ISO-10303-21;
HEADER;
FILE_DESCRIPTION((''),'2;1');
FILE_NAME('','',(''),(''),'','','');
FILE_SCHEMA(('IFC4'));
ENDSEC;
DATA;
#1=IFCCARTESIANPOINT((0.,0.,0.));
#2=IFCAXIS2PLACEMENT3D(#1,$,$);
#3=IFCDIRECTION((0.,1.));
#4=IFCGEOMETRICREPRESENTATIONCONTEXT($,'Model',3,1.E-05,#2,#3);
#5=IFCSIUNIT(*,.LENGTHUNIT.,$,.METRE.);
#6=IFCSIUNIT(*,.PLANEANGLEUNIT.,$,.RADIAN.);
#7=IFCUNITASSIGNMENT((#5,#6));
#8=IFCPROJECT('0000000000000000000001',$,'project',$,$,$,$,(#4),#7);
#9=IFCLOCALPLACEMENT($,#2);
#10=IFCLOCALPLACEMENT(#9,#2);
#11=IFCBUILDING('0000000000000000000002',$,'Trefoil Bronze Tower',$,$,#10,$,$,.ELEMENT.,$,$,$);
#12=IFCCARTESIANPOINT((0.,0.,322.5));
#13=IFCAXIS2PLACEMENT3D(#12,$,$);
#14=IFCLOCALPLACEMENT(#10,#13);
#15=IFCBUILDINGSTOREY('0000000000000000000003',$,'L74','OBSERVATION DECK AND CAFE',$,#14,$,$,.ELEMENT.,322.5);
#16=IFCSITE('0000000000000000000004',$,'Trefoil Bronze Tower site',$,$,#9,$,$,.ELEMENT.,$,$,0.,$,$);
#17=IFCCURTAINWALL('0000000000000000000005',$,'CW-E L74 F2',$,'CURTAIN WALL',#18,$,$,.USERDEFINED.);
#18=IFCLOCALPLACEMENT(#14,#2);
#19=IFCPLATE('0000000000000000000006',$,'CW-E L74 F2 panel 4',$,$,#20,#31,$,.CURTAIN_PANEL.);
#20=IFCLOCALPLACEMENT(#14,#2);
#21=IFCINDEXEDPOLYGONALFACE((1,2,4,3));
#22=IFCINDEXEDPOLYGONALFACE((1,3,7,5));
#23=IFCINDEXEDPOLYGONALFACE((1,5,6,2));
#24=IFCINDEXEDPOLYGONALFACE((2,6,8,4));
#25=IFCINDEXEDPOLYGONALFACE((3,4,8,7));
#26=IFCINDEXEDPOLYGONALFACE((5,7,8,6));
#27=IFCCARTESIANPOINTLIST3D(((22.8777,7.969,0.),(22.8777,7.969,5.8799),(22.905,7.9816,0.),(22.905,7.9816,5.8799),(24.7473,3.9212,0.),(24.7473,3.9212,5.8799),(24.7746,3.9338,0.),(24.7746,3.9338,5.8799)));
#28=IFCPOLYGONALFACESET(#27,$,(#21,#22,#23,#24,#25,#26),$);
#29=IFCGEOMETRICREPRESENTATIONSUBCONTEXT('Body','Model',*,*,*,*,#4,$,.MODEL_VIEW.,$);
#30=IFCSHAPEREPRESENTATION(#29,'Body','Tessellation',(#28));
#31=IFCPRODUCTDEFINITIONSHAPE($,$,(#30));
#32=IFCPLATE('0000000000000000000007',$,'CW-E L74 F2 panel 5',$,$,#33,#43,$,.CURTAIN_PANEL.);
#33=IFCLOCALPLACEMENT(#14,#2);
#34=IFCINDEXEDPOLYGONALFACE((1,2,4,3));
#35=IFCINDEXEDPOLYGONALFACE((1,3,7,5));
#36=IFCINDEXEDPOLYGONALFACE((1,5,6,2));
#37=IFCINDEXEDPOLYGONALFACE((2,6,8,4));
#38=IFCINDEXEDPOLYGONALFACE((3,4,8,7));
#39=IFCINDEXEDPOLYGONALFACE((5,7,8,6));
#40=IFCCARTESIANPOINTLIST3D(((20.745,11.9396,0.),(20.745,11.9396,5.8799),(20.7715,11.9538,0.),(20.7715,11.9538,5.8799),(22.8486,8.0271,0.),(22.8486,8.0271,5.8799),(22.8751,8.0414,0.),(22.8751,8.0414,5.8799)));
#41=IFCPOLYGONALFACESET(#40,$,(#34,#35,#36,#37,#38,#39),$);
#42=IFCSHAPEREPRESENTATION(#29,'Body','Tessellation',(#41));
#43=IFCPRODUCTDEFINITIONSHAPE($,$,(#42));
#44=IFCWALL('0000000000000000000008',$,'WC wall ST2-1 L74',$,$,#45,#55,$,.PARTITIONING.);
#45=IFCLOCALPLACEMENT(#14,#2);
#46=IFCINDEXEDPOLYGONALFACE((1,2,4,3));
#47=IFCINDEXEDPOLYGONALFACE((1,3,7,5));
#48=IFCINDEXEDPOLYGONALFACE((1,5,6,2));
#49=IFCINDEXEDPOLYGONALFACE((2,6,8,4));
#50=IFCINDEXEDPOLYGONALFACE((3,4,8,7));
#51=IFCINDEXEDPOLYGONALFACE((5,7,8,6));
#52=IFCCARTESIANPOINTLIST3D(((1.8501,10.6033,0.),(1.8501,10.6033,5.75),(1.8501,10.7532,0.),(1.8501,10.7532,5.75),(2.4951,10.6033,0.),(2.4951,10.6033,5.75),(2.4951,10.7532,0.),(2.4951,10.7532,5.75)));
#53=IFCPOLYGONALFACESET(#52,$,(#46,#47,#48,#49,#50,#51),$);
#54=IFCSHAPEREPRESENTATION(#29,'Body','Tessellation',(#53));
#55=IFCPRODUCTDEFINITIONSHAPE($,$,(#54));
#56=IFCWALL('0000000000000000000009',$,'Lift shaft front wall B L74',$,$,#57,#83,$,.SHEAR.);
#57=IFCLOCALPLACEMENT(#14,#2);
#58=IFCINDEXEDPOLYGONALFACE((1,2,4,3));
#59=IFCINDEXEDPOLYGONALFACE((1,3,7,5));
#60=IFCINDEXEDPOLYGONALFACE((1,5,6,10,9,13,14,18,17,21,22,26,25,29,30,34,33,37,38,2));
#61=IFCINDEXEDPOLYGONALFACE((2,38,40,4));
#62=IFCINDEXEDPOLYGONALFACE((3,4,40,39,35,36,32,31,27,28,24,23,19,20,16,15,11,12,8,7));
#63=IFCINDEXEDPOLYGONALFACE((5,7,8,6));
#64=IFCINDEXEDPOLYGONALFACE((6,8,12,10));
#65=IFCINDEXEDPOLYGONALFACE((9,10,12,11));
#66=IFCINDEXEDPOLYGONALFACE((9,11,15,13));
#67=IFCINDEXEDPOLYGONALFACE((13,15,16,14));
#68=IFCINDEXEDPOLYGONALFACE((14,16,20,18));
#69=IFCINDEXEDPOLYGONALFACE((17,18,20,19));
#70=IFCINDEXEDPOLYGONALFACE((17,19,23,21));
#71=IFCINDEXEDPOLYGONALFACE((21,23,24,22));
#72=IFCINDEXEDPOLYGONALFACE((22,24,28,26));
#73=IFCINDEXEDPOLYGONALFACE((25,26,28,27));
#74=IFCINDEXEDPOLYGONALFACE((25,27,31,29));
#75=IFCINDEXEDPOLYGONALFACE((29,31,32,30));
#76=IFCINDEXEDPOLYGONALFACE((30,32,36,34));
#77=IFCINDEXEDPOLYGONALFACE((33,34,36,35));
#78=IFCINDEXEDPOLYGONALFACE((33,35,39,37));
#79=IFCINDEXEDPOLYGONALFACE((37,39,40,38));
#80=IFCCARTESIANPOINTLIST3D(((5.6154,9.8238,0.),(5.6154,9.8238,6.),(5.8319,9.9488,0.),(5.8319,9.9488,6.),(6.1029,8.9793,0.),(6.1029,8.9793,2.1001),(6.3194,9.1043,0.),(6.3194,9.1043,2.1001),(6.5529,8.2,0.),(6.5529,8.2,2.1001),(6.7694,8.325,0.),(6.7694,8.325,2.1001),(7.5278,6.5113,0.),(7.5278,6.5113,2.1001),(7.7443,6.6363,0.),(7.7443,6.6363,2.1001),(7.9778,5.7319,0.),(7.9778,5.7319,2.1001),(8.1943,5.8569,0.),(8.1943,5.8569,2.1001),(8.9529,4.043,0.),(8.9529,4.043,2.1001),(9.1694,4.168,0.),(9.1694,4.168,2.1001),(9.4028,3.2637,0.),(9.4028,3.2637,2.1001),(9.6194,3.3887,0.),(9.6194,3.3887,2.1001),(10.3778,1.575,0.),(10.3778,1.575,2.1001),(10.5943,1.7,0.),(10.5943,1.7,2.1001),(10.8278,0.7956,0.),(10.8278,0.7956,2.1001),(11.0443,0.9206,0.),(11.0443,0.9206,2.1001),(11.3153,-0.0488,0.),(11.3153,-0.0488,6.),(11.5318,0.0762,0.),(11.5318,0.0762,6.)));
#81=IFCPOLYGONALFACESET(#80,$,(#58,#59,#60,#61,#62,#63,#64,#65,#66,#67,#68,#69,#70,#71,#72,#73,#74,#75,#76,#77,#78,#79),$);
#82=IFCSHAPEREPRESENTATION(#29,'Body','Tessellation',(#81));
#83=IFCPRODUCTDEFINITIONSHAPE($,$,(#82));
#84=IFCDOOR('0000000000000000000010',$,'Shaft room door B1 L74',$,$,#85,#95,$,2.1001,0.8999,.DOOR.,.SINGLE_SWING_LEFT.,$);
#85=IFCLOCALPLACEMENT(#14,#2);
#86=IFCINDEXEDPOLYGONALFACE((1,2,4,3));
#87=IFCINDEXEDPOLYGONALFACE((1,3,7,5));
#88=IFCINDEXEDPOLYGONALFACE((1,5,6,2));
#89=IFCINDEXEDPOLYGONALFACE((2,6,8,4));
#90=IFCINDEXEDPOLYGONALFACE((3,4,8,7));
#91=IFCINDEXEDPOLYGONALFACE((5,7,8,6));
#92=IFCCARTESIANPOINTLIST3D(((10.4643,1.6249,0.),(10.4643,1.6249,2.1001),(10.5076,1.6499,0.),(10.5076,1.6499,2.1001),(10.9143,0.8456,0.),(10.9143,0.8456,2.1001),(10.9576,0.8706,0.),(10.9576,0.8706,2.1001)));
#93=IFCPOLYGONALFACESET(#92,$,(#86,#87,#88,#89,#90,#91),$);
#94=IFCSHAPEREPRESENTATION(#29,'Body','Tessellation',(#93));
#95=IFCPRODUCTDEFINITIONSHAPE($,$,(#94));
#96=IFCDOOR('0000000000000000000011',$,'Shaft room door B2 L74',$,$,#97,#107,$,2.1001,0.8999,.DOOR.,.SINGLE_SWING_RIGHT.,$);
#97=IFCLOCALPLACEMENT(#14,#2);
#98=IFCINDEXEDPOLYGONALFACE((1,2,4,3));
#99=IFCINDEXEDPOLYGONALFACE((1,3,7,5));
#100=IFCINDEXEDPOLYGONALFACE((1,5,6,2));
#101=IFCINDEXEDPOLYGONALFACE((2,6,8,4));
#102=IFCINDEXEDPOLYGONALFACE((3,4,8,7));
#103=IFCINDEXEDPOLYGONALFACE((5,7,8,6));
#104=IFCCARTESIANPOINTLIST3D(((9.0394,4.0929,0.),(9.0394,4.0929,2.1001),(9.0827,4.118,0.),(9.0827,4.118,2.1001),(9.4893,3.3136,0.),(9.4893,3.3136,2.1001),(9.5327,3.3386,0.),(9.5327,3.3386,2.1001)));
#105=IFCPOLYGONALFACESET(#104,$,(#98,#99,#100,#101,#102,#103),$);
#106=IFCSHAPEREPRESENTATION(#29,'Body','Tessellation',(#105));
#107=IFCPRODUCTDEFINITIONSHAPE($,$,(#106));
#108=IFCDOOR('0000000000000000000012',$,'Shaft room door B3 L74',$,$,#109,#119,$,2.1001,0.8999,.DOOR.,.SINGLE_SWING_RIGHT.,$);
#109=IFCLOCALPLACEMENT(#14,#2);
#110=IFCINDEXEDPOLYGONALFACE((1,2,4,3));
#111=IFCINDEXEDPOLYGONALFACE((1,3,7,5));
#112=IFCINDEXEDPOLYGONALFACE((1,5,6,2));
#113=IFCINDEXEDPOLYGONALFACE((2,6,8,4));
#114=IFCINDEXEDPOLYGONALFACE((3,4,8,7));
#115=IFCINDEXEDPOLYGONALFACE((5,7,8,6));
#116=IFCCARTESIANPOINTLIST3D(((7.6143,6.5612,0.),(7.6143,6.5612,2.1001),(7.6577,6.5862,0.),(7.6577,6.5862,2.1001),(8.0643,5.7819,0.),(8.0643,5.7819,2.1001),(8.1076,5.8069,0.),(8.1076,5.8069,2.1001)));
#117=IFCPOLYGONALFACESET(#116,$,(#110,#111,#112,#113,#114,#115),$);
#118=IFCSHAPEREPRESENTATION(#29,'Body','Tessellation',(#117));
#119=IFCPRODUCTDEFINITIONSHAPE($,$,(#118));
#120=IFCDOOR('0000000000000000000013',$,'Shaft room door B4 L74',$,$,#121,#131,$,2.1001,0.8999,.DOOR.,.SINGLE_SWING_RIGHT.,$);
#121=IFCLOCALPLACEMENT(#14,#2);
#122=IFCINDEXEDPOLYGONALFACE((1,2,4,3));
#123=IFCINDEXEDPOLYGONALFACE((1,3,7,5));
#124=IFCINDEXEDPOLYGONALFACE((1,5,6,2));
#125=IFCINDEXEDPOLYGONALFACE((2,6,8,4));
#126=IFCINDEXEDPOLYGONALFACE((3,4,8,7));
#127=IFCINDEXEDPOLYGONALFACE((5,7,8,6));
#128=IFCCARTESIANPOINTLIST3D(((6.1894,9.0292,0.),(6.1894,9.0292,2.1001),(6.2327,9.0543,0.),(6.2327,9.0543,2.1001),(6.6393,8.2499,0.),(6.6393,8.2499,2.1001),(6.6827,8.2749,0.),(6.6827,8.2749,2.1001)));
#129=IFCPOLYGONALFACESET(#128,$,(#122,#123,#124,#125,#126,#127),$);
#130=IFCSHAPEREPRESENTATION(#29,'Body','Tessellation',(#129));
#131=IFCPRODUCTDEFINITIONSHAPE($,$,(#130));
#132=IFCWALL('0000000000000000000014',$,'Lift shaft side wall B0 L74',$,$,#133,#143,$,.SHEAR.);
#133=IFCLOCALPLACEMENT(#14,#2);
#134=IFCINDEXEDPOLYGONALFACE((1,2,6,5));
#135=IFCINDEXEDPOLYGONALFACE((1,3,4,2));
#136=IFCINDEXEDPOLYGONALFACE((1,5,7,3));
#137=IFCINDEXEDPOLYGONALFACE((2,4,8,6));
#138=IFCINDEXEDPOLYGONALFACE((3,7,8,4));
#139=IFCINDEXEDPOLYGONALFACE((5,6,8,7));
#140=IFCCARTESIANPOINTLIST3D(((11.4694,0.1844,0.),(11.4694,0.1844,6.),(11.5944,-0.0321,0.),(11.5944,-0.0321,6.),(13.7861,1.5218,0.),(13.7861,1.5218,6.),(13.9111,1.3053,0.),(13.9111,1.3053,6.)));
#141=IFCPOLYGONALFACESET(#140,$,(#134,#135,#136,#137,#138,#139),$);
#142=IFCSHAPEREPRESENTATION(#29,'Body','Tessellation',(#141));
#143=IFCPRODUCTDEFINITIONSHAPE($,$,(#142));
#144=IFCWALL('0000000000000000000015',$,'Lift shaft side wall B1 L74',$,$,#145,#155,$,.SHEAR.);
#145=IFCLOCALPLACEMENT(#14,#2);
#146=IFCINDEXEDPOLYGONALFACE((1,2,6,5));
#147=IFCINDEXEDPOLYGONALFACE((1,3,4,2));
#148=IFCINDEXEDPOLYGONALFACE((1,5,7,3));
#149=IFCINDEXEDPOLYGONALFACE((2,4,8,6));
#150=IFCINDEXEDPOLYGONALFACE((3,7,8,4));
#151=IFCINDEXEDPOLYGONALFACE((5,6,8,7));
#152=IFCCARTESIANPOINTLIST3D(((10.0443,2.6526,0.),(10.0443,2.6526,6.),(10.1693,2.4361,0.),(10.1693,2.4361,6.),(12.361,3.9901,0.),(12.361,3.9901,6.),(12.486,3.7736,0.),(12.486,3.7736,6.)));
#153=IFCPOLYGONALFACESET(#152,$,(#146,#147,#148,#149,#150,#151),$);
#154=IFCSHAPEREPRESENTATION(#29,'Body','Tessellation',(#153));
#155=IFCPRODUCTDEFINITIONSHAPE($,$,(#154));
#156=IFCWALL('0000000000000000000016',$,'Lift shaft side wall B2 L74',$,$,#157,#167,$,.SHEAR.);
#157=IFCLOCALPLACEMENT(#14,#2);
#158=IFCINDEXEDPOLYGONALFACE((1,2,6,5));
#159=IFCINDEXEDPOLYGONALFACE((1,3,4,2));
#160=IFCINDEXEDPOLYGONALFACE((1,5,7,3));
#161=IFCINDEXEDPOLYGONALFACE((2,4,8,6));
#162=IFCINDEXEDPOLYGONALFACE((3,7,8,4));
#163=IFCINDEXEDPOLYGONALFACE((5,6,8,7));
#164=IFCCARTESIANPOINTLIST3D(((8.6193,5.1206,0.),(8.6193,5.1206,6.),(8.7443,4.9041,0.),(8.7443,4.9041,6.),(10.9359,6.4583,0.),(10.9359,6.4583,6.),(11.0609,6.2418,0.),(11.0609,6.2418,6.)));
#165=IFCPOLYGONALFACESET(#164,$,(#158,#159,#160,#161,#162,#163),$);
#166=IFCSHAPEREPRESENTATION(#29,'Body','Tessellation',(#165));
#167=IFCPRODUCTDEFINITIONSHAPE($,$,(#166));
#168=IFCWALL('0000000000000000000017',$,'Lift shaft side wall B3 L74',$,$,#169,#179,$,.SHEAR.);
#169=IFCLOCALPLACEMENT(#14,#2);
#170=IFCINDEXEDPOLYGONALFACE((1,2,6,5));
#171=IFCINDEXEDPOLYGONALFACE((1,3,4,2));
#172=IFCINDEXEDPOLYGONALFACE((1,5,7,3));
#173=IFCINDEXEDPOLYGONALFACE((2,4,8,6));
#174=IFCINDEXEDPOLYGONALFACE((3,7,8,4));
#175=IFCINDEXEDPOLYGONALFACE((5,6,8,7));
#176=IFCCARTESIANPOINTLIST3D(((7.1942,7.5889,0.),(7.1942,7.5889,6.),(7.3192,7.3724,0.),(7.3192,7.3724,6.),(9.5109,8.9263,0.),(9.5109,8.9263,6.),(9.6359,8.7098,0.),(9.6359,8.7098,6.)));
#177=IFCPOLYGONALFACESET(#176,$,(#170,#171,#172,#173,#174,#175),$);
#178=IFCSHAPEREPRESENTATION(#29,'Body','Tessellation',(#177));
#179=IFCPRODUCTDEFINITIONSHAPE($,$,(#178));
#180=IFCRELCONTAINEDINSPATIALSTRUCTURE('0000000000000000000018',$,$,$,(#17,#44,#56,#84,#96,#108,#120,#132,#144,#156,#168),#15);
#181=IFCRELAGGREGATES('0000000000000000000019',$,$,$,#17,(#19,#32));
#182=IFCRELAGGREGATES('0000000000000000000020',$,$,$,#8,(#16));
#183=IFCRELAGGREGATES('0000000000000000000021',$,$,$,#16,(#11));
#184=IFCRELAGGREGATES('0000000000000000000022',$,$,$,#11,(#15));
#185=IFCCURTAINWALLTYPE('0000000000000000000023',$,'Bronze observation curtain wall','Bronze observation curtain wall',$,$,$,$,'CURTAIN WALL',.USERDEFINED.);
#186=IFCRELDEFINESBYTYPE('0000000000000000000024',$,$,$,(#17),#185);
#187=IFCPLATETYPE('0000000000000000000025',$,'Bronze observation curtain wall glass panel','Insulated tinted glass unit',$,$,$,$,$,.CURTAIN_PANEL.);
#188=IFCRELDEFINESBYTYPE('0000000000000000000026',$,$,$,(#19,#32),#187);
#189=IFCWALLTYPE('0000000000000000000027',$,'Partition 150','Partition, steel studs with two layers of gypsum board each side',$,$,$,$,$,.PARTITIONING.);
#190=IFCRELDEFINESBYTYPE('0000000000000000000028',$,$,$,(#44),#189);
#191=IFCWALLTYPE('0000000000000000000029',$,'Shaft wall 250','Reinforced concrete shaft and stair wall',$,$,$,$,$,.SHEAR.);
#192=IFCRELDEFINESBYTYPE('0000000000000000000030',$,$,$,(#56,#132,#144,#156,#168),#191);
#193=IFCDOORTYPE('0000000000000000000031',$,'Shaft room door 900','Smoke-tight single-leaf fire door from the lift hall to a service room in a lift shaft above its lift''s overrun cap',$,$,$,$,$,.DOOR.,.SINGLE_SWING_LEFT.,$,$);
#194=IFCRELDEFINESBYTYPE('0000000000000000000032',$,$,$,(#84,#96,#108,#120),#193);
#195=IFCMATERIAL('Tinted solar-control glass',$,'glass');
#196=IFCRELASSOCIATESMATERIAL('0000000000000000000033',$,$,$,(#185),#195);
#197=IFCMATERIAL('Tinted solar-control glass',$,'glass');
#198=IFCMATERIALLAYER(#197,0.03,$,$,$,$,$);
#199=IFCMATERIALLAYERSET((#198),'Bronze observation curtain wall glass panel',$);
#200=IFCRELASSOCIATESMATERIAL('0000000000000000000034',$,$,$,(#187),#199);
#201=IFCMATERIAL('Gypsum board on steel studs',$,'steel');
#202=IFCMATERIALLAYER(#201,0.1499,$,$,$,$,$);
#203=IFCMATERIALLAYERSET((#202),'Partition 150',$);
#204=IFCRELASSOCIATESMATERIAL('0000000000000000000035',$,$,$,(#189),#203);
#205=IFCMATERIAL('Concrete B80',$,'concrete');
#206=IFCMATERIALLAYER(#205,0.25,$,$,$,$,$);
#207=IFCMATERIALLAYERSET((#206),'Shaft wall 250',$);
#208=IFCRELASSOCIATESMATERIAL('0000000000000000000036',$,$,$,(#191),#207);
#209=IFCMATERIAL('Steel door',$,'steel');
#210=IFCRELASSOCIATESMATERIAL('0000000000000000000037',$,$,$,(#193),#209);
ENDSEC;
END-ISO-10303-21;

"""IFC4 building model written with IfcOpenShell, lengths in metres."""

from ifc_helpers import new_model, si_unit, direction, frame, frame_2d, origin, origin_2d, place, context, subcontext, project, spatial, rectangle, extrude, material, layer, layer_set, type_object, element, fill, aggregate, save


model = new_model("IFC4")

# Units and contexts
model_context = context("Model", 3, precision=1e-05, world=origin(), true_north=direction((0.0, 1.0)))
body_context = subcontext(model_context, "Body", "Model", "MODEL_VIEW")
ifc_project = project(units=[si_unit("LENGTHUNIT", "METRE"), si_unit("PLANEANGLEUNIT", "RADIAN")], contexts=[model_context])

# Site, building, storey
site_placement = place(None, origin())
site = spatial("IfcSite", under=ifc_project, at=site_placement, Name="Trefoil Bronze Tower site", CompositionType="ELEMENT", RefElevation=0.0)
building_placement = place(site_placement, origin())
building = spatial("IfcBuilding", under=site, at=building_placement, Name="Trefoil Bronze Tower", CompositionType="ELEMENT")
storey_placement = place(building_placement, frame((0.0, 0.0, 322.5)))
storey = spatial("IfcBuildingStorey", under=building, at=storey_placement, Name="L74", Description="OBSERVATION DECK AND CAFE", CompositionType="ELEMENT", Elevation=322.5)

# Curtain wall
ifc_material_1 = material(Name="Tinted solar-control glass", Category="glass")
curtain_wall_type = type_object("IfcCurtainWallType", Name="Bronze observation curtain wall", Description="Bronze observation curtain wall", ElementType="CURTAIN WALL", PredefinedType="USERDEFINED", material=ifc_material_1)
curtain_wall_placement = place(storey_placement, origin())
curtain_wall = element("IfcCurtainWall", 1, at=curtain_wall_placement, inside=storey, type_object=curtain_wall_type, Name="CW-E L74 F2", ObjectType="CURTAIN WALL", PredefinedType="USERDEFINED")

# Plates
ifc_material_2 = material(Name="Tinted solar-control glass", Category="glass")
ifc_layer_1 = layer(ifc_material_2, 0.03)
ifc_layer_set_1 = layer_set([ifc_layer_1], Name="Bronze observation curtain wall glass panel")
plate_type = type_object("IfcPlateType", Name="Bronze observation curtain wall glass panel", Description="Insulated tinted glass unit", PredefinedType="CURTAIN_PANEL", material=ifc_layer_set_1)
plate_1_placement = place(storey_placement, frame((23.8262, 5.9514, 0.0), z_axis=(0.0, 0.0, 1.0), x_axis=(-0.419309, 0.907844, 0.0)))
plate_1 = element("IfcPlate", 2, at=plate_1_placement, type_object=plate_type, Name="CW-E L74 F2 panel 4", PredefinedType="CURTAIN_PANEL", context=body_context, shape_type="SweptSolid", body=[
    extrude(rectangle(XDim=4.4587, YDim=0.03, at=origin_2d()), origin(), (0.0, 0.0, 1.0), 5.8799),
])
plate_2_placement = place(storey_placement, frame((21.8101, 9.9905, 0.0), z_axis=(0.0, 0.0, 1.0), x_axis=(-0.473562, 0.88076, 0.0)))
plate_2 = element("IfcPlate", 3, at=plate_2_placement, type_object=plate_type, Name="CW-E L74 F2 panel 5", PredefinedType="CURTAIN_PANEL", context=body_context, shape_type="SweptSolid", body=[
    extrude(rectangle(XDim=4.4421, YDim=0.03, at=origin_2d()), origin(), (0.0, 0.0, 1.0), 5.8799),
])
aggregate(curtain_wall, [plate_1, plate_2])

# Wall
ifc_material_3 = material(Name="Gypsum board on steel studs", Category="steel")
ifc_layer_2 = layer(ifc_material_3, 0.1499)
ifc_layer_set_2 = layer_set([ifc_layer_2], Name="Partition 150")
wall_type_1 = type_object("IfcWallType", Name="Partition 150", Description="Partition, steel studs with two layers of gypsum board each side", PredefinedType="PARTITIONING", material=ifc_layer_set_2)
wall_1_placement = place(storey_placement, frame((2.4951, 10.6782, 0.0), z_axis=(0.0, 0.0, 1.0), x_axis=(-1.0, 0.0, 0.0)))
element("IfcWall", 4, at=wall_1_placement, inside=storey, type_object=wall_type_1, Name="WC wall ST2-1 L74", PredefinedType="PARTITIONING", context=body_context, shape_type="SweptSolid", body=[
    extrude(rectangle(XDim=0.645, YDim=0.1499, at=frame_2d((0.3225, 0.0))), origin(), (0.0, 0.0, 1.0), 5.75),
])

# Wall, openings, doors
ifc_material_4 = material(Name="Concrete B80", Category="concrete")
ifc_layer_3 = layer(ifc_material_4, 0.25)
ifc_layer_set_3 = layer_set([ifc_layer_3], Name="Shaft wall 250")
wall_type_2 = type_object("IfcWallType", Name="Shaft wall 250", Description="Reinforced concrete shaft and stair wall", PredefinedType="SHEAR", material=ifc_layer_set_3)
wall_2_placement = place(storey_placement, frame((11.4236, 0.0137, 0.0), z_axis=(0.0, 0.0, 1.0), x_axis=(-0.500002, 0.866024, 0.0)))
wall_2 = element("IfcWall", 5, at=wall_2_placement, inside=storey, type_object=wall_type_2, Name="Lift shaft front wall B L74", PredefinedType="SHEAR", context=body_context, shape_type="SweptSolid", body=[
    extrude(rectangle(XDim=11.3999, YDim=0.25, at=frame_2d((5.7, 0.0))), origin(), (0.0, 0.0, 1.0), 6.0),
])
opening_1_placement = place(wall_2_placement, frame((0.9751, 0.0, 0.0)))
opening_1 = element("IfcOpeningElement", 6, at=opening_1_placement, cuts=wall_2, PredefinedType="OPENING", context=body_context, shape_type="SweptSolid", body=[
    extrude(rectangle(XDim=0.8999, YDim=2.1001, at=frame_2d((0.45, 1.05))), frame((0.0, 0.135, 0.0), z_axis=(0.0, -1.0, 0.0), x_axis=(1.0, 0.0, 0.0)), (0.0, 0.0, 1.0), 0.27),
])
opening_2_placement = place(wall_2_placement, frame((3.825, 0.0, 0.0)))
opening_2 = element("IfcOpeningElement", 7, at=opening_2_placement, cuts=wall_2, PredefinedType="OPENING", context=body_context, shape_type="SweptSolid", body=[
    extrude(rectangle(XDim=0.8999, YDim=2.1001, at=frame_2d((0.45, 1.05))), frame((0.0, 0.135, 0.0), z_axis=(0.0, -1.0, 0.0), x_axis=(1.0, 0.0, 0.0)), (0.0, 0.0, 1.0), 0.27),
])
opening_3_placement = place(wall_2_placement, frame((6.675, 0.0, 0.0)))
opening_3 = element("IfcOpeningElement", 8, at=opening_3_placement, cuts=wall_2, PredefinedType="OPENING", context=body_context, shape_type="SweptSolid", body=[
    extrude(rectangle(XDim=0.8999, YDim=2.1001, at=frame_2d((0.45, 1.05))), frame((0.0, 0.135, 0.0), z_axis=(0.0, -1.0, 0.0), x_axis=(1.0, 0.0, 0.0)), (0.0, 0.0, 1.0), 0.27),
])
opening_4_placement = place(wall_2_placement, frame((9.5249, 0.0, 0.0)))
opening_4 = element("IfcOpeningElement", 9, at=opening_4_placement, cuts=wall_2, PredefinedType="OPENING", context=body_context, shape_type="SweptSolid", body=[
    extrude(rectangle(XDim=0.8999, YDim=2.1001, at=frame_2d((0.45, 1.05))), frame((0.0, 0.135, 0.0), z_axis=(0.0, -1.0, 0.0), x_axis=(1.0, 0.0, 0.0)), (0.0, 0.0, 1.0), 0.27),
])
ifc_material_5 = material(Name="Steel door", Category="steel")
door_type = type_object("IfcDoorType", Name="Shaft room door 900", Description="Smoke-tight single-leaf fire door from the lift hall to a service room in a lift shaft above its lift's overrun cap", OperationType="SINGLE_SWING_LEFT", PredefinedType="DOOR", material=ifc_material_5)
door_1_placement = place(opening_1_placement, frame((0.8999, 0.0, 0.0), z_axis=(0.0, 0.0, 1.0), x_axis=(-1.0, 0.0, 0.0)))
door_1 = element("IfcDoor", 10, at=door_1_placement, inside=storey, type_object=door_type, Name="Shaft room door B1 L74", OperationType="SINGLE_SWING_LEFT", OverallHeight=2.1001, OverallWidth=0.8999, PredefinedType="DOOR", context=body_context, shape_type="SweptSolid", body=[
    extrude(rectangle(XDim=0.8999, YDim=2.1001, at=frame_2d((0.45, 1.05))), frame((0.0, 0.0249, 0.0), z_axis=(0.0, -1.0, 0.0), x_axis=(1.0, 0.0, 0.0)), (0.0, 0.0, 1.0), 0.05),
])
fill(opening_1, door_1)
door_2_placement = place(opening_2_placement, frame((0.8999, 0.0, 0.0), z_axis=(0.0, 0.0, 1.0), x_axis=(-1.0, 0.0, 0.0)))
door_2 = element("IfcDoor", 11, at=door_2_placement, inside=storey, type_object=door_type, Name="Shaft room door B2 L74", OperationType="SINGLE_SWING_RIGHT", OverallHeight=2.1001, OverallWidth=0.8999, PredefinedType="DOOR", context=body_context, shape_type="SweptSolid", body=[
    extrude(rectangle(XDim=0.8999, YDim=2.1001, at=frame_2d((0.45, 1.05))), frame((0.0, 0.0249, 0.0), z_axis=(0.0, -1.0, 0.0), x_axis=(1.0, 0.0, 0.0)), (0.0, 0.0, 1.0), 0.05),
])
fill(opening_2, door_2)
door_3_placement = place(opening_3_placement, frame((0.8999, 0.0, 0.0), z_axis=(0.0, 0.0, 1.0), x_axis=(-1.0, 0.0, 0.0)))
door_3 = element("IfcDoor", 12, at=door_3_placement, inside=storey, type_object=door_type, Name="Shaft room door B3 L74", OperationType="SINGLE_SWING_RIGHT", OverallHeight=2.1001, OverallWidth=0.8999, PredefinedType="DOOR", context=body_context, shape_type="SweptSolid", body=[
    extrude(rectangle(XDim=0.8999, YDim=2.1001, at=frame_2d((0.45, 1.05))), frame((0.0, 0.0249, 0.0), z_axis=(0.0, -1.0, 0.0), x_axis=(1.0, 0.0, 0.0)), (0.0, 0.0, 1.0), 0.05),
])
fill(opening_3, door_3)
door_4_placement = place(opening_4_placement, frame((0.8999, 0.0, 0.0), z_axis=(0.0, 0.0, 1.0), x_axis=(-1.0, 0.0, 0.0)))
door_4 = element("IfcDoor", 13, at=door_4_placement, inside=storey, type_object=door_type, Name="Shaft room door B4 L74", OperationType="SINGLE_SWING_RIGHT", OverallHeight=2.1001, OverallWidth=0.8999, PredefinedType="DOOR", context=body_context, shape_type="SweptSolid", body=[
    extrude(rectangle(XDim=0.8999, YDim=2.1001, at=frame_2d((0.45, 1.05))), frame((0.0, 0.0249, 0.0), z_axis=(0.0, -1.0, 0.0), x_axis=(1.0, 0.0, 0.0)), (0.0, 0.0, 1.0), 0.05),
])
fill(opening_4, door_4)

# Walls
for number, where, z_axis, x_axis, name in (
    (14, (11.532, 0.0762, 0.0), (0.0, 0.0, 1.0), (0.866044, 0.499967, 0.0), "Lift shaft side wall B0 L74"),
    (15, (10.1069, 2.5444, 0.0), (0.0, 0.0, 1.0), (0.866044, 0.499967, 0.0), "Lift shaft side wall B1 L74"),
    (16, (8.6819, 5.0125, 0.0), (0.0, 0.0, 1.0), (0.866005, 0.500036, 0.0), "Lift shaft side wall B2 L74"),
    (17, (7.2568, 7.4807, 0.0), (0.0, 0.0, 1.0), (0.866044, 0.499967, 0.0), "Lift shaft side wall B3 L74"),
):
    element("IfcWall", number, at=place(storey_placement, frame(where, z_axis=z_axis, x_axis=x_axis)), inside=storey, type_object=wall_type_2, Name=name, PredefinedType="SHEAR", context=body_context, shape_type="SweptSolid", body=[
        extrude(rectangle(XDim=2.675, YDim=0.25, at=frame_2d((1.3374, 0.0))), origin(), (0.0, 0.0, 1.0), 6.0),
    ])

save(model, "model.ifc")
